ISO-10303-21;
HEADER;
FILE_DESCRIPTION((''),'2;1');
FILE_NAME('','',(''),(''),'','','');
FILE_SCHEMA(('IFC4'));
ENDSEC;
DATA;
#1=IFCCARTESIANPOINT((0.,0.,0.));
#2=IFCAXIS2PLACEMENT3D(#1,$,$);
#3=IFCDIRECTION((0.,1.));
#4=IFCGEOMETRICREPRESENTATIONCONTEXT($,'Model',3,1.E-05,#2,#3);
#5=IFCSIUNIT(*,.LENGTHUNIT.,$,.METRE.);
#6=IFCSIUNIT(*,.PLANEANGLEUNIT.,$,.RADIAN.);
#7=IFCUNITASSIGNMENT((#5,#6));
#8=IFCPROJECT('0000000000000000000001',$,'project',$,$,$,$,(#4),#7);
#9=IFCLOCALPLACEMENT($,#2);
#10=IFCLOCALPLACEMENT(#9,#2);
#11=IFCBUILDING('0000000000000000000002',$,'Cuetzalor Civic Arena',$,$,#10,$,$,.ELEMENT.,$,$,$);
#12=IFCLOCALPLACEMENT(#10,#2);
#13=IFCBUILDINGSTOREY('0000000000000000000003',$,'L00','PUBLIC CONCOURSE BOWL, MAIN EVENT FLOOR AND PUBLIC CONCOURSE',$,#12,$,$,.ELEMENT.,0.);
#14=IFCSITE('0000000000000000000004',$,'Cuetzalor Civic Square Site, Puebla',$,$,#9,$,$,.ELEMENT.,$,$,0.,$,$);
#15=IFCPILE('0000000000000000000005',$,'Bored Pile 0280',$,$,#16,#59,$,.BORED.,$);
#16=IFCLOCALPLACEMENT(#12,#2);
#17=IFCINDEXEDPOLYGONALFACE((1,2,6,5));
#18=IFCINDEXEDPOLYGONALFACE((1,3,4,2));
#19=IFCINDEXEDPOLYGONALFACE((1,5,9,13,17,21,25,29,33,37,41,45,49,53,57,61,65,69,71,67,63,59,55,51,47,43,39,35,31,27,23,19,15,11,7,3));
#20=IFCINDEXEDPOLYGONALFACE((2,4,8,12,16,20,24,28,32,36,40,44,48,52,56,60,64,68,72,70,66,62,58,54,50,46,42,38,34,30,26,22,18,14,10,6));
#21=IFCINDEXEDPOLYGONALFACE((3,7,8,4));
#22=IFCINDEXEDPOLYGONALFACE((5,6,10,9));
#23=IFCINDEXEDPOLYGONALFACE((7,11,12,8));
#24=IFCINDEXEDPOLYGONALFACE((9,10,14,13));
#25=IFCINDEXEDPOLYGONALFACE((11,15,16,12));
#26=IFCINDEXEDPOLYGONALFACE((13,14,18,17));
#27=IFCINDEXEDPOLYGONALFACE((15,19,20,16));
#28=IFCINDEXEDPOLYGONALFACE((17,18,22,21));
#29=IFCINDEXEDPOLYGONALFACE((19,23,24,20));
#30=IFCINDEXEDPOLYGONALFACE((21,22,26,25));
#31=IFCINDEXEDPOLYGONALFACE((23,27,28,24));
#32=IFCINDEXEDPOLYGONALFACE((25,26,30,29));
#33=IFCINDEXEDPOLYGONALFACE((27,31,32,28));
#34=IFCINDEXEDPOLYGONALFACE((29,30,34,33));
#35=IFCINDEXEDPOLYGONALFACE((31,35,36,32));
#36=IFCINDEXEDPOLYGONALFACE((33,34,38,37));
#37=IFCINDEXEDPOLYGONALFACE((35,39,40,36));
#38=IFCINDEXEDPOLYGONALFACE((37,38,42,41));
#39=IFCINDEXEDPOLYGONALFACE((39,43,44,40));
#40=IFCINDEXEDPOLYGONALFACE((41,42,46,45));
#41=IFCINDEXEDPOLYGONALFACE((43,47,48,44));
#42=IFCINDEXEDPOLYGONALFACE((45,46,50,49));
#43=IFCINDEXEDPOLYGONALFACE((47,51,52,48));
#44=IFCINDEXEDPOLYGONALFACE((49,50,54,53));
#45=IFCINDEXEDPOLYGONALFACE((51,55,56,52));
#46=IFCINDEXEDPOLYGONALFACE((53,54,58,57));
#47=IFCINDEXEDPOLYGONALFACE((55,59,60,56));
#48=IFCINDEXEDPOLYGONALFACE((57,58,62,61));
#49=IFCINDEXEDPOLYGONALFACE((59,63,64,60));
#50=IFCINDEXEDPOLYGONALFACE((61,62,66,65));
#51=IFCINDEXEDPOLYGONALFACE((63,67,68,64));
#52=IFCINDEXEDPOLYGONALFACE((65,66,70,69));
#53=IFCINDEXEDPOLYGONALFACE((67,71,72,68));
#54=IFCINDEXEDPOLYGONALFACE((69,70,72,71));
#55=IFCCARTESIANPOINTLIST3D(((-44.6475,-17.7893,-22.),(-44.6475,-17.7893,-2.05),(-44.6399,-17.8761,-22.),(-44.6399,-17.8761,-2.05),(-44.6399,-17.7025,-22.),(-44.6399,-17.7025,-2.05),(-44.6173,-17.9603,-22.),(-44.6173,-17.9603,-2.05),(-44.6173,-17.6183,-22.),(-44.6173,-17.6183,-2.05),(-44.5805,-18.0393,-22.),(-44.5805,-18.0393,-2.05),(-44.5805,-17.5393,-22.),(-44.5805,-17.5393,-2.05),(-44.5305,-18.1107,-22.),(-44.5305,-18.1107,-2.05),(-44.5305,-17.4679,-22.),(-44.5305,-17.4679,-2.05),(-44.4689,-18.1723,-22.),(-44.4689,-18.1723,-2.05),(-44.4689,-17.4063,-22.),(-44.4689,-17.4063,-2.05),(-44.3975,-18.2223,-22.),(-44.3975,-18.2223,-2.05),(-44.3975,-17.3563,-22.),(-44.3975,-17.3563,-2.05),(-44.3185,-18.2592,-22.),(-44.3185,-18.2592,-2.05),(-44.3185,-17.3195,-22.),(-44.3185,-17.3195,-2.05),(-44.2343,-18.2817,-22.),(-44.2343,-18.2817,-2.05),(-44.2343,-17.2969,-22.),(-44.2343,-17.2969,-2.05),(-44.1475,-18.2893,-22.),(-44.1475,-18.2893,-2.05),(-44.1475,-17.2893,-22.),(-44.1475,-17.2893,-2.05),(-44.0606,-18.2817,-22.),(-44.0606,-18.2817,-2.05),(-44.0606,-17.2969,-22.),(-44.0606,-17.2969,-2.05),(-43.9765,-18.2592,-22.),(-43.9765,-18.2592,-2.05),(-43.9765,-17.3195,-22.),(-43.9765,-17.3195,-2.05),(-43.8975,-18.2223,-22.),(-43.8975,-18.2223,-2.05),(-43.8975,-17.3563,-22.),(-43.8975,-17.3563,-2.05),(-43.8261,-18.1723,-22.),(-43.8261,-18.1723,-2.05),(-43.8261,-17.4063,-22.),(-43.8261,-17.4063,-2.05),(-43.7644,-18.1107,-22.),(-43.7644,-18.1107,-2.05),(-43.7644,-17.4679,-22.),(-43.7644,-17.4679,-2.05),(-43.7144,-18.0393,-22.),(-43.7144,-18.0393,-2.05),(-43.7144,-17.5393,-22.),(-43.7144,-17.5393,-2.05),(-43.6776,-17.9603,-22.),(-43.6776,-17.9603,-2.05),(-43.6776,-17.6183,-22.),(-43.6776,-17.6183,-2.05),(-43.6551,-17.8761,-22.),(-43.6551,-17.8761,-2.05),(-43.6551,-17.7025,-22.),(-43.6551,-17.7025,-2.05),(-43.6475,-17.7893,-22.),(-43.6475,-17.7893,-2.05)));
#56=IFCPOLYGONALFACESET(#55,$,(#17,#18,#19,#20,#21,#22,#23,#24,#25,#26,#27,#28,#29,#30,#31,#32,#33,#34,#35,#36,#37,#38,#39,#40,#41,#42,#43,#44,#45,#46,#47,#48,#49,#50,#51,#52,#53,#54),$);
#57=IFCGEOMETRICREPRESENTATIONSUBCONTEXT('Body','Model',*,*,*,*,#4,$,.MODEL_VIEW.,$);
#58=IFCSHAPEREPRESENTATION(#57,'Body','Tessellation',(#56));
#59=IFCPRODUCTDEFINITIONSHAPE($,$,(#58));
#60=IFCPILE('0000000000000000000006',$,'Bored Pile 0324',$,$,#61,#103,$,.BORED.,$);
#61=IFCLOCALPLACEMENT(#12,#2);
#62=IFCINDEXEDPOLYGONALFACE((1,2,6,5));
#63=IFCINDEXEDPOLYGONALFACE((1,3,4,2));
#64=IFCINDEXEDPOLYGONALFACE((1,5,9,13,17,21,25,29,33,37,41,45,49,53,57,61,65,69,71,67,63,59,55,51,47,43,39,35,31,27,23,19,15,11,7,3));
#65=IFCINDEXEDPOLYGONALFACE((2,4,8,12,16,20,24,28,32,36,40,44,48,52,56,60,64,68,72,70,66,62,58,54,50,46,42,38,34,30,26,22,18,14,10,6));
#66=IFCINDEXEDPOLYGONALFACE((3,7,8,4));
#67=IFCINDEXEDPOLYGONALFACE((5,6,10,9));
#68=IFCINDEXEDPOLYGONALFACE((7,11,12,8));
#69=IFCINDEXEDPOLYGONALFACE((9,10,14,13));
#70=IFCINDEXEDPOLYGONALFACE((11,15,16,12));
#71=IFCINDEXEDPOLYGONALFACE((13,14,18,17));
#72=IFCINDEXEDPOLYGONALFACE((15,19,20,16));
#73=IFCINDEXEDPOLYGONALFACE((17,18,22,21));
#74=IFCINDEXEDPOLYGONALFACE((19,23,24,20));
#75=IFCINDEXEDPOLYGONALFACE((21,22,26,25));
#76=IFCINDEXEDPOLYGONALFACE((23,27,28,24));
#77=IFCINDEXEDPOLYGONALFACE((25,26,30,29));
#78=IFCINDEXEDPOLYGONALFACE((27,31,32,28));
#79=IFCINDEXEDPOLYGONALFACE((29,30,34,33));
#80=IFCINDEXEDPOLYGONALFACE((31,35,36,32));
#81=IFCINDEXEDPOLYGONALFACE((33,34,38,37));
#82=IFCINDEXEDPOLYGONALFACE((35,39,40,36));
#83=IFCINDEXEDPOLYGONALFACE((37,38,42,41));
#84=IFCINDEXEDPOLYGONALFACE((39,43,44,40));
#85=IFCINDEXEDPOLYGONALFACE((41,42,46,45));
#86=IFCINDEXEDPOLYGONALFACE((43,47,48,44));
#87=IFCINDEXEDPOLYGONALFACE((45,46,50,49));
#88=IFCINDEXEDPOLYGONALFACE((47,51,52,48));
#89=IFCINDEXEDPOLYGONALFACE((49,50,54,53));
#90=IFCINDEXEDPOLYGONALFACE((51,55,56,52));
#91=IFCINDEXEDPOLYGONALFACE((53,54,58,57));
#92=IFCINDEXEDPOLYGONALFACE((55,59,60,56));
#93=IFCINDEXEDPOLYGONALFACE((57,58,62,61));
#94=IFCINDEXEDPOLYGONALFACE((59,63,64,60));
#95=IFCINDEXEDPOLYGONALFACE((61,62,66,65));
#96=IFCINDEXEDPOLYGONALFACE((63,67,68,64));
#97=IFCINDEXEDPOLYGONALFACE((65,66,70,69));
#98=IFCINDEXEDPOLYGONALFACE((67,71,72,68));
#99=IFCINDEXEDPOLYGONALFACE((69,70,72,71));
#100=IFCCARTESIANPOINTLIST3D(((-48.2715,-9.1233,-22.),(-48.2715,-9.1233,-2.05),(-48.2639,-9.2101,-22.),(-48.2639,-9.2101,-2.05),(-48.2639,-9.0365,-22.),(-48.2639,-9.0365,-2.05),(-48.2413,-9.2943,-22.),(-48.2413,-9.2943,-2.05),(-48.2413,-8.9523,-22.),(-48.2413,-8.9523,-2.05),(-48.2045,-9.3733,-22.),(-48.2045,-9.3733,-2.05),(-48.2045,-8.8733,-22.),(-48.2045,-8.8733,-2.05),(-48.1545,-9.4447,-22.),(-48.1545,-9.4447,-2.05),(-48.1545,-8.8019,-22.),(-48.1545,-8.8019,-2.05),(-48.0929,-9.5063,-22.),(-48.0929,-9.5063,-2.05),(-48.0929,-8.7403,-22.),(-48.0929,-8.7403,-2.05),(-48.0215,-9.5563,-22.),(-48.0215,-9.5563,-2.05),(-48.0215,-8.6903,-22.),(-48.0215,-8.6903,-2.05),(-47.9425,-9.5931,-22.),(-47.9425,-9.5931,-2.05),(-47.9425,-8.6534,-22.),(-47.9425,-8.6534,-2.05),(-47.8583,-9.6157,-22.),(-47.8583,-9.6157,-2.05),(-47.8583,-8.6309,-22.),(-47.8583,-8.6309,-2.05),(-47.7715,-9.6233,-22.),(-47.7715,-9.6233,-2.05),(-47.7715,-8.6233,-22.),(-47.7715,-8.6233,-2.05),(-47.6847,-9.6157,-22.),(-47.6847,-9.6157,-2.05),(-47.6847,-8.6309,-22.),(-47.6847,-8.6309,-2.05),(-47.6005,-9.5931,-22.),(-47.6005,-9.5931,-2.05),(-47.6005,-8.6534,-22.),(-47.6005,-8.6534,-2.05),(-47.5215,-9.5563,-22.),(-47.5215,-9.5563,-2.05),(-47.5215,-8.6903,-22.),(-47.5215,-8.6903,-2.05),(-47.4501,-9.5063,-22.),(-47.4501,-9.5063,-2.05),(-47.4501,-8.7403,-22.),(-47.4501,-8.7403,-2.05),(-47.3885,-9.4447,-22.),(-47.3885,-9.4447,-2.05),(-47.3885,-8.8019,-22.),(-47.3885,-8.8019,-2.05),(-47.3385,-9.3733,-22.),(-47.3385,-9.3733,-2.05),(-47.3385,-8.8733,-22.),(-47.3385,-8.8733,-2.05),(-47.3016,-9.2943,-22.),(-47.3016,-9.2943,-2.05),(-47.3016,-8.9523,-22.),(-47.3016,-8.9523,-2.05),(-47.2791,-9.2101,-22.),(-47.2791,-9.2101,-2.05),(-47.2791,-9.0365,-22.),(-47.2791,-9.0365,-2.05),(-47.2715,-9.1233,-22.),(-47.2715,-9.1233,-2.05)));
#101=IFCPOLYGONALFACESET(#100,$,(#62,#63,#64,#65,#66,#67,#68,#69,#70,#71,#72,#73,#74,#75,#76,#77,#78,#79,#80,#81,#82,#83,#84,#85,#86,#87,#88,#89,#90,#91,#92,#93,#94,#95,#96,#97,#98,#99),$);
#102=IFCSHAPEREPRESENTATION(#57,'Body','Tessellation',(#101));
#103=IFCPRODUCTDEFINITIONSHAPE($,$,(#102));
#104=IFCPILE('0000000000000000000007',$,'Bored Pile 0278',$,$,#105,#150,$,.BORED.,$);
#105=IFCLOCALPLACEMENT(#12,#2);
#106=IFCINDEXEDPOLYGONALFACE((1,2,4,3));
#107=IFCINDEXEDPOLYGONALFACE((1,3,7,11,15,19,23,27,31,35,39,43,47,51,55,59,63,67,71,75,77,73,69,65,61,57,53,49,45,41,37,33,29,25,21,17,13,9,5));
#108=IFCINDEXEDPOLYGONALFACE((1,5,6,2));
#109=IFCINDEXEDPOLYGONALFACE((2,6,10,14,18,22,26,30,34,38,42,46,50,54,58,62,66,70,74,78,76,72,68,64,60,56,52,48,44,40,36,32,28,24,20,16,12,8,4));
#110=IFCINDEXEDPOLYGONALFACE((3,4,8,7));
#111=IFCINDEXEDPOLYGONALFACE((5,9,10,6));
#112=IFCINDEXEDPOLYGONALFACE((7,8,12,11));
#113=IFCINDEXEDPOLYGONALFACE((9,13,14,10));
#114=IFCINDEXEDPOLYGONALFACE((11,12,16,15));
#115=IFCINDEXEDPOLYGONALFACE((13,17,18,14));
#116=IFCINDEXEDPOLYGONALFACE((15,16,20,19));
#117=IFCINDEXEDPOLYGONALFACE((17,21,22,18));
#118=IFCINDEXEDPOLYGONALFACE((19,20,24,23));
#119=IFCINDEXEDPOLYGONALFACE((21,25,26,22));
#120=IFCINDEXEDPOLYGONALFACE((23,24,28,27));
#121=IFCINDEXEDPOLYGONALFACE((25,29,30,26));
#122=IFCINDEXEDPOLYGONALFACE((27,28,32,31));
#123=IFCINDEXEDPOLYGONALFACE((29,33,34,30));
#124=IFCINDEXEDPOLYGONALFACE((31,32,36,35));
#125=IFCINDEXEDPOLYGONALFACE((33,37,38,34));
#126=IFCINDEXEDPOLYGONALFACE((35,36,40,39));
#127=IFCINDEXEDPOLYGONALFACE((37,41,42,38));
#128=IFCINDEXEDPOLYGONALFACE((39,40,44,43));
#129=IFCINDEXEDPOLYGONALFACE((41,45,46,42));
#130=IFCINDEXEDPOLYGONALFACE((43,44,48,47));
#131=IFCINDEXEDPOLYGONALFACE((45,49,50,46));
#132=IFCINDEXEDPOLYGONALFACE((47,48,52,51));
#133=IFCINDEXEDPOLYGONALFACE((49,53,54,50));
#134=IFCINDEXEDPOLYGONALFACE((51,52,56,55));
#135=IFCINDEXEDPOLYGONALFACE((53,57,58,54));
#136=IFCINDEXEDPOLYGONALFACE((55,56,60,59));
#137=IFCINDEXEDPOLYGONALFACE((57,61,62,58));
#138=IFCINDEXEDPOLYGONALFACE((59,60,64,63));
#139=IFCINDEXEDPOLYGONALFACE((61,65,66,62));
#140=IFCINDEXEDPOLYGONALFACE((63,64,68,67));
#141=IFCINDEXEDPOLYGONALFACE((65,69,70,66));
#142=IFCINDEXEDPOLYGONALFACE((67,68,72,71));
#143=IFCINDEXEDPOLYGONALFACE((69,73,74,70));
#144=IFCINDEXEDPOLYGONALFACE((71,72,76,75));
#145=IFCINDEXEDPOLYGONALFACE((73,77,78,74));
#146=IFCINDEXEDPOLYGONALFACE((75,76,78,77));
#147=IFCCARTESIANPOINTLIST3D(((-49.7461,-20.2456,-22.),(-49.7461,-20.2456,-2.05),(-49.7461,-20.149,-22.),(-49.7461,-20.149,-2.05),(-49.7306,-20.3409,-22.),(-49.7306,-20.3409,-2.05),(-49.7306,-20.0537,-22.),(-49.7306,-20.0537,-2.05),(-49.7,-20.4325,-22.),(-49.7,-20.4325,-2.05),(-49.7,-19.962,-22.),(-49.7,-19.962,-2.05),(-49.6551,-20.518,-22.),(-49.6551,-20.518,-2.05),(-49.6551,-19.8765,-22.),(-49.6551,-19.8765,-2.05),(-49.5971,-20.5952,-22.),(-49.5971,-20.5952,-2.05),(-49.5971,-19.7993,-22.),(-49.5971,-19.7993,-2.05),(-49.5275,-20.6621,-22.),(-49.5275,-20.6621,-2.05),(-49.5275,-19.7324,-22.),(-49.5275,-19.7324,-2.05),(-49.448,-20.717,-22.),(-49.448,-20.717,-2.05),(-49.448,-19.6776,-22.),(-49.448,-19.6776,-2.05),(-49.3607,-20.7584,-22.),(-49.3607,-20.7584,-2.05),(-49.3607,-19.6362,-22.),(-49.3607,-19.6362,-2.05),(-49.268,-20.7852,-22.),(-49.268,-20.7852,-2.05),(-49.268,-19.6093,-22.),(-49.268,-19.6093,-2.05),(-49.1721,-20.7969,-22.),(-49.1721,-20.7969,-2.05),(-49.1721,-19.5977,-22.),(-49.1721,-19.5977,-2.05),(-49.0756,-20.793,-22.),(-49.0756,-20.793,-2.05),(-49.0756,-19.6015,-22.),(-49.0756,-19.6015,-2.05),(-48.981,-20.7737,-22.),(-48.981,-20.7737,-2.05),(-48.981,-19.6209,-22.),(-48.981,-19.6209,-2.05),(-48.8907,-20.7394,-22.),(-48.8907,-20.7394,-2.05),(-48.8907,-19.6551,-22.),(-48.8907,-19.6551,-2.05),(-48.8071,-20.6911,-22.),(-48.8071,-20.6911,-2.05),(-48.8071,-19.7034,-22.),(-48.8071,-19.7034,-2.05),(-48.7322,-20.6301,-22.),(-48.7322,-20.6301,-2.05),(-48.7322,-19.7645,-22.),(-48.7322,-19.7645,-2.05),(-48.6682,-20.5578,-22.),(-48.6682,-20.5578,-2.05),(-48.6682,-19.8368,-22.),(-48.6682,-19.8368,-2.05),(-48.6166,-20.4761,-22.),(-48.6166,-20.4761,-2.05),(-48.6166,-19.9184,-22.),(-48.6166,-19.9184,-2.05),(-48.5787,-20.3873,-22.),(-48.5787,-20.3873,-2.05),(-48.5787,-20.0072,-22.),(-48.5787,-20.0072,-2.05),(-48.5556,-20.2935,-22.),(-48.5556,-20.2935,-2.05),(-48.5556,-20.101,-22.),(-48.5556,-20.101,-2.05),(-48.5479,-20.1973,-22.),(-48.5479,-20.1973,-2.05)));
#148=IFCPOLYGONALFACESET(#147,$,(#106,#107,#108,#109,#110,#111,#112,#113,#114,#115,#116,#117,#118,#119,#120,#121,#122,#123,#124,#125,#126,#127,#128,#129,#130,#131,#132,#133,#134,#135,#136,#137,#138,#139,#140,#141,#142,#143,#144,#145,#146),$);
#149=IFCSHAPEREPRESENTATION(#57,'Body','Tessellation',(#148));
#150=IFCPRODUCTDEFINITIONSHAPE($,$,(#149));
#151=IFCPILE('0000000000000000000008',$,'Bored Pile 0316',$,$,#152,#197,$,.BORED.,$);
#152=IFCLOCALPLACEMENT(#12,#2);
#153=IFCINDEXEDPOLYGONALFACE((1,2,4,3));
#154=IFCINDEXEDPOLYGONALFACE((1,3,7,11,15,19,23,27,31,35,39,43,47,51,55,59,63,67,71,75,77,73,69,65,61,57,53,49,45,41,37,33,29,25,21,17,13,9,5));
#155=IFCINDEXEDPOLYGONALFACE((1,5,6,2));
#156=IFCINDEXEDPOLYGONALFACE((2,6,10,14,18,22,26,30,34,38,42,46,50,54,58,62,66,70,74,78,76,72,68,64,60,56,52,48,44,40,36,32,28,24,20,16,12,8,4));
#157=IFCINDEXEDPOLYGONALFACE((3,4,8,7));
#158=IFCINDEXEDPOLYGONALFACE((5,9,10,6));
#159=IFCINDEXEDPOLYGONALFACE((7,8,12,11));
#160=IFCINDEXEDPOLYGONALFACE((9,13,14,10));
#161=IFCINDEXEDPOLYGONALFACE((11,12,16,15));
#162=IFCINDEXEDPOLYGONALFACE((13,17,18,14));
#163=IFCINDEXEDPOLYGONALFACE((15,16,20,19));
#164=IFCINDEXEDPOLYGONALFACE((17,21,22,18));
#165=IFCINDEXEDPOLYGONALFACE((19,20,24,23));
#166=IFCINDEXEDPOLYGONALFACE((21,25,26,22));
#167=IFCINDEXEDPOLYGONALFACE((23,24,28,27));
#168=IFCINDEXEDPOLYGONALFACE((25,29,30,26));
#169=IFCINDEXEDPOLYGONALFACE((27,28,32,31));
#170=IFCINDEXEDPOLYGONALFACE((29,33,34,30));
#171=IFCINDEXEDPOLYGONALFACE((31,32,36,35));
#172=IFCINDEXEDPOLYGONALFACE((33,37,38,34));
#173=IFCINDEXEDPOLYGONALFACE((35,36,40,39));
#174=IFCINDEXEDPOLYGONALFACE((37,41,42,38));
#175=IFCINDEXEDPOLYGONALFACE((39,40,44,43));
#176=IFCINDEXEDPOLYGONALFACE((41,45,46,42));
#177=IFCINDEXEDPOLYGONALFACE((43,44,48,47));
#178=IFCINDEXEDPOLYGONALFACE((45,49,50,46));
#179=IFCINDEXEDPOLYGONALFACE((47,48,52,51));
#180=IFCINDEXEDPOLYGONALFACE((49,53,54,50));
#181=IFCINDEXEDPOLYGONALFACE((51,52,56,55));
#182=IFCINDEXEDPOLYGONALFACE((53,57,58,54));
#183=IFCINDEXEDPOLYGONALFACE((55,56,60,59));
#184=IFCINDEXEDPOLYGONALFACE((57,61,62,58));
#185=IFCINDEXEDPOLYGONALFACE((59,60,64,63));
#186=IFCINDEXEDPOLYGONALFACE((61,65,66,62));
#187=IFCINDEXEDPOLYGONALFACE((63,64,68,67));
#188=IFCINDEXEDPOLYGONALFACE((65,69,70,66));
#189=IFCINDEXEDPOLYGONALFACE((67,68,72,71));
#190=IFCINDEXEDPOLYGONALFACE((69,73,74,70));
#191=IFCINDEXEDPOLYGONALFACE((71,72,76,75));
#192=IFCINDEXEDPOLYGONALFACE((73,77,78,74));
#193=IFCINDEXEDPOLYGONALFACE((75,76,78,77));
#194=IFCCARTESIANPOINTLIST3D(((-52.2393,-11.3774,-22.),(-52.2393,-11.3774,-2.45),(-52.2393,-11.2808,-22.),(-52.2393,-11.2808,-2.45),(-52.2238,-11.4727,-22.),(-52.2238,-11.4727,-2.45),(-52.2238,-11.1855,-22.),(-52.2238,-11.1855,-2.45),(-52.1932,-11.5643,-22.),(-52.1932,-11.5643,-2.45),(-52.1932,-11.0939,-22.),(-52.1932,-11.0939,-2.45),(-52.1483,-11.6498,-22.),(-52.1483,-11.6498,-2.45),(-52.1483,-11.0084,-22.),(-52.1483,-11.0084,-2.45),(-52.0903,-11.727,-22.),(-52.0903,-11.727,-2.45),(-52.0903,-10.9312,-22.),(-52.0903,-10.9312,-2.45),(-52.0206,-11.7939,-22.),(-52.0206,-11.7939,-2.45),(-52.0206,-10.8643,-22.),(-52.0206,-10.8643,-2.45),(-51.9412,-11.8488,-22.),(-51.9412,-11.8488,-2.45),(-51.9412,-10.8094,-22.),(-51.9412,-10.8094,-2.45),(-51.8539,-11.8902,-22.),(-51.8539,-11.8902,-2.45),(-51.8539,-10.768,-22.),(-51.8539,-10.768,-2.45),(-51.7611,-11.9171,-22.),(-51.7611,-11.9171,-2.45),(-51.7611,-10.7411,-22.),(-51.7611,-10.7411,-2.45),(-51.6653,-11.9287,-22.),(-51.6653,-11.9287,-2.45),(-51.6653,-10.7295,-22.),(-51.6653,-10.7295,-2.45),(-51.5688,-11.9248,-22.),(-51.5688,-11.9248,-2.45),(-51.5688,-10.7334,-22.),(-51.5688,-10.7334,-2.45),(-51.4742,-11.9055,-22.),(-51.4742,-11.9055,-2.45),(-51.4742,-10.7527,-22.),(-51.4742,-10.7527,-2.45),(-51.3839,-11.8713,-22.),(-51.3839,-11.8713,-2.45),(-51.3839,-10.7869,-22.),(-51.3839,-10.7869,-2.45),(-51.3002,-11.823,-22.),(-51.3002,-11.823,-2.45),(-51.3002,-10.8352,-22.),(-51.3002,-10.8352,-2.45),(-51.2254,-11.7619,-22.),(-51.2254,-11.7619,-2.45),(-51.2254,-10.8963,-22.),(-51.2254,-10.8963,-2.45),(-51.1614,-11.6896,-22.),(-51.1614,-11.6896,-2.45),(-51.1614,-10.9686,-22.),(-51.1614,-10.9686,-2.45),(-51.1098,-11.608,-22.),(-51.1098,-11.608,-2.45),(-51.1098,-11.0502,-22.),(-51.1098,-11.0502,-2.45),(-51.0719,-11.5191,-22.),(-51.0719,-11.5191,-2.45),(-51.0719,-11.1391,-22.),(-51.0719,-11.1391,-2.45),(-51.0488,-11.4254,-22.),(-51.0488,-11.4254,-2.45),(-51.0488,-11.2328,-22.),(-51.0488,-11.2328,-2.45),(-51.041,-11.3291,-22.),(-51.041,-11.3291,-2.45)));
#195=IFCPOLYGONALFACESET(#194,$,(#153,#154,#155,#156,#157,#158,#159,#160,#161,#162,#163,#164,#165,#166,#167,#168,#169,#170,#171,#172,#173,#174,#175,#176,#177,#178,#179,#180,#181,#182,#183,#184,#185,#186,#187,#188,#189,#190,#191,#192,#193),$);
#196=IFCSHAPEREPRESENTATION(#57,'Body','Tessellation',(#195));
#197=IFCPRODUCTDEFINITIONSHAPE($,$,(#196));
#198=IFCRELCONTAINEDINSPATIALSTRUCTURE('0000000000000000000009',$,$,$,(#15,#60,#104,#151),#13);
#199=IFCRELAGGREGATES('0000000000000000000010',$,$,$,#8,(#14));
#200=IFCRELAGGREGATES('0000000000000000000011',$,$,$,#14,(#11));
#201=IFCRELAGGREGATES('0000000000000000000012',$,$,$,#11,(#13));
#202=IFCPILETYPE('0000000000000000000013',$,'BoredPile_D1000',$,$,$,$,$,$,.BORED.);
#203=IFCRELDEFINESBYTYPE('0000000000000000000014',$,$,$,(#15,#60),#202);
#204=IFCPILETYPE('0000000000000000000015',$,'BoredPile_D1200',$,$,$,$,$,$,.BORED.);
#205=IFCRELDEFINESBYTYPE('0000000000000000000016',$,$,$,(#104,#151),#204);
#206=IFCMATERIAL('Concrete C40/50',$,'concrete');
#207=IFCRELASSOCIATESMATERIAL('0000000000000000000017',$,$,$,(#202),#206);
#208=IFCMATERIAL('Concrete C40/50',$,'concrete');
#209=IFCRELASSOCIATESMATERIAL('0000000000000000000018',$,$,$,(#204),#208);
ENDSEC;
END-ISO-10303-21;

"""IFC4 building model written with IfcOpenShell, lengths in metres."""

from ifc_helpers import new_model, si_unit, direction, frame, origin, origin_2d, place, context, subcontext, project, spatial, circle, extrude, material, material_profile, profile_set, type_object, element, save


model = new_model("IFC4")

# Units and contexts
model_context = context("Model", 3, precision=1e-05, world=origin(), true_north=direction((0.0, 1.0)))
body_context = subcontext(model_context, "Body", "Model", "MODEL_VIEW")
ifc_project = project(units=[si_unit("LENGTHUNIT", "METRE"), si_unit("PLANEANGLEUNIT", "RADIAN")], contexts=[model_context])

# Site, building, storey
site_placement = place(None, origin())
site = spatial("IfcSite", under=ifc_project, at=site_placement, Name="Cuetzalor Civic Square Site, Puebla", CompositionType="ELEMENT", RefElevation=0.0)
building_placement = place(site_placement, origin())
building = spatial("IfcBuilding", under=site, at=building_placement, Name="Cuetzalor Civic Arena", CompositionType="ELEMENT")
storey_placement = place(building_placement, origin())
storey = spatial("IfcBuildingStorey", under=building, at=storey_placement, Name="L00", Description="PUBLIC CONCOURSE BOWL, MAIN EVENT FLOOR AND PUBLIC CONCOURSE", CompositionType="ELEMENT", Elevation=0.0)

# Piles
ifc_material_1 = material(Name="Concrete C40/50", Category="concrete")
ifc_material_profile_1 = material_profile(ifc_material_1, circle(Radius=0.5, at=origin_2d()), Name="BORED PILE D1000")
ifc_profile_set_1 = profile_set([ifc_material_profile_1], Name="Concrete C40/50")
pile_type_1 = type_object("IfcPileType", Name="BoredPile_D1000", PredefinedType="BORED", material=ifc_profile_set_1)
for number, where, z_axis, x_axis, name in (
    (1, (-44.1475, -17.7893, -2.05), (0.0, 0.0, -1.0), (1.0, 0.0, 0.0), "Bored Pile 0280"),
    (2, (-47.7715, -9.1233, -2.05), (0.0, 0.0, -1.0), (1.0, 0.0, 0.0), "Bored Pile 0324"),
):
    element("IfcPile", number, at=place(storey_placement, frame(where, z_axis=z_axis, x_axis=x_axis)), inside=storey, type_object=pile_type_1, Name=name, PredefinedType="BORED", context=body_context, shape_type="SweptSolid", body=[
        extrude(circle(Radius=0.5, at=origin_2d()), origin(), (0.0, 0.0, 1.0), 19.95),
    ])
ifc_material_2 = material(Name="Concrete C40/50", Category="concrete")
ifc_material_profile_2 = material_profile(ifc_material_2, circle(Radius=0.6001, at=origin_2d()), Name="BORED PILE D1200")
ifc_profile_set_2 = profile_set([ifc_material_profile_2], Name="Concrete C40/50")
pile_type_2 = type_object("IfcPileType", Name="BoredPile_D1200", PredefinedType="BORED", material=ifc_profile_set_2)
pile_placement = place(storey_placement, frame((-49.1479, -20.1973, -2.05), z_axis=(0.0, 0.0, -1.0), x_axis=(1.0, 0.0, 0.0)))
element("IfcPile", 3, at=pile_placement, inside=storey, type_object=pile_type_2, Name="Bored Pile 0278", PredefinedType="BORED", context=body_context, shape_type="SweptSolid", body=[
    extrude(circle(Radius=0.6001, at=origin_2d()), origin(), (0.0, 0.0, 1.0), 19.95),
])
for number, where, z_axis, x_axis, name in (
    (4, (-51.6411, -11.3291, -2.45), (0.0, 0.0, -1.0), (1.0, 0.0, 0.0), "Bored Pile 0316"),
):
    element("IfcPile", number, at=place(storey_placement, frame(where, z_axis=z_axis, x_axis=x_axis)), inside=storey, type_object=pile_type_2, Name=name, PredefinedType="BORED", context=body_context, shape_type="SweptSolid", body=[
        extrude(circle(Radius=0.6001, at=origin_2d()), origin(), (0.0, 0.0, 1.0), 19.55),
    ])

save(model, "model.ifc")
